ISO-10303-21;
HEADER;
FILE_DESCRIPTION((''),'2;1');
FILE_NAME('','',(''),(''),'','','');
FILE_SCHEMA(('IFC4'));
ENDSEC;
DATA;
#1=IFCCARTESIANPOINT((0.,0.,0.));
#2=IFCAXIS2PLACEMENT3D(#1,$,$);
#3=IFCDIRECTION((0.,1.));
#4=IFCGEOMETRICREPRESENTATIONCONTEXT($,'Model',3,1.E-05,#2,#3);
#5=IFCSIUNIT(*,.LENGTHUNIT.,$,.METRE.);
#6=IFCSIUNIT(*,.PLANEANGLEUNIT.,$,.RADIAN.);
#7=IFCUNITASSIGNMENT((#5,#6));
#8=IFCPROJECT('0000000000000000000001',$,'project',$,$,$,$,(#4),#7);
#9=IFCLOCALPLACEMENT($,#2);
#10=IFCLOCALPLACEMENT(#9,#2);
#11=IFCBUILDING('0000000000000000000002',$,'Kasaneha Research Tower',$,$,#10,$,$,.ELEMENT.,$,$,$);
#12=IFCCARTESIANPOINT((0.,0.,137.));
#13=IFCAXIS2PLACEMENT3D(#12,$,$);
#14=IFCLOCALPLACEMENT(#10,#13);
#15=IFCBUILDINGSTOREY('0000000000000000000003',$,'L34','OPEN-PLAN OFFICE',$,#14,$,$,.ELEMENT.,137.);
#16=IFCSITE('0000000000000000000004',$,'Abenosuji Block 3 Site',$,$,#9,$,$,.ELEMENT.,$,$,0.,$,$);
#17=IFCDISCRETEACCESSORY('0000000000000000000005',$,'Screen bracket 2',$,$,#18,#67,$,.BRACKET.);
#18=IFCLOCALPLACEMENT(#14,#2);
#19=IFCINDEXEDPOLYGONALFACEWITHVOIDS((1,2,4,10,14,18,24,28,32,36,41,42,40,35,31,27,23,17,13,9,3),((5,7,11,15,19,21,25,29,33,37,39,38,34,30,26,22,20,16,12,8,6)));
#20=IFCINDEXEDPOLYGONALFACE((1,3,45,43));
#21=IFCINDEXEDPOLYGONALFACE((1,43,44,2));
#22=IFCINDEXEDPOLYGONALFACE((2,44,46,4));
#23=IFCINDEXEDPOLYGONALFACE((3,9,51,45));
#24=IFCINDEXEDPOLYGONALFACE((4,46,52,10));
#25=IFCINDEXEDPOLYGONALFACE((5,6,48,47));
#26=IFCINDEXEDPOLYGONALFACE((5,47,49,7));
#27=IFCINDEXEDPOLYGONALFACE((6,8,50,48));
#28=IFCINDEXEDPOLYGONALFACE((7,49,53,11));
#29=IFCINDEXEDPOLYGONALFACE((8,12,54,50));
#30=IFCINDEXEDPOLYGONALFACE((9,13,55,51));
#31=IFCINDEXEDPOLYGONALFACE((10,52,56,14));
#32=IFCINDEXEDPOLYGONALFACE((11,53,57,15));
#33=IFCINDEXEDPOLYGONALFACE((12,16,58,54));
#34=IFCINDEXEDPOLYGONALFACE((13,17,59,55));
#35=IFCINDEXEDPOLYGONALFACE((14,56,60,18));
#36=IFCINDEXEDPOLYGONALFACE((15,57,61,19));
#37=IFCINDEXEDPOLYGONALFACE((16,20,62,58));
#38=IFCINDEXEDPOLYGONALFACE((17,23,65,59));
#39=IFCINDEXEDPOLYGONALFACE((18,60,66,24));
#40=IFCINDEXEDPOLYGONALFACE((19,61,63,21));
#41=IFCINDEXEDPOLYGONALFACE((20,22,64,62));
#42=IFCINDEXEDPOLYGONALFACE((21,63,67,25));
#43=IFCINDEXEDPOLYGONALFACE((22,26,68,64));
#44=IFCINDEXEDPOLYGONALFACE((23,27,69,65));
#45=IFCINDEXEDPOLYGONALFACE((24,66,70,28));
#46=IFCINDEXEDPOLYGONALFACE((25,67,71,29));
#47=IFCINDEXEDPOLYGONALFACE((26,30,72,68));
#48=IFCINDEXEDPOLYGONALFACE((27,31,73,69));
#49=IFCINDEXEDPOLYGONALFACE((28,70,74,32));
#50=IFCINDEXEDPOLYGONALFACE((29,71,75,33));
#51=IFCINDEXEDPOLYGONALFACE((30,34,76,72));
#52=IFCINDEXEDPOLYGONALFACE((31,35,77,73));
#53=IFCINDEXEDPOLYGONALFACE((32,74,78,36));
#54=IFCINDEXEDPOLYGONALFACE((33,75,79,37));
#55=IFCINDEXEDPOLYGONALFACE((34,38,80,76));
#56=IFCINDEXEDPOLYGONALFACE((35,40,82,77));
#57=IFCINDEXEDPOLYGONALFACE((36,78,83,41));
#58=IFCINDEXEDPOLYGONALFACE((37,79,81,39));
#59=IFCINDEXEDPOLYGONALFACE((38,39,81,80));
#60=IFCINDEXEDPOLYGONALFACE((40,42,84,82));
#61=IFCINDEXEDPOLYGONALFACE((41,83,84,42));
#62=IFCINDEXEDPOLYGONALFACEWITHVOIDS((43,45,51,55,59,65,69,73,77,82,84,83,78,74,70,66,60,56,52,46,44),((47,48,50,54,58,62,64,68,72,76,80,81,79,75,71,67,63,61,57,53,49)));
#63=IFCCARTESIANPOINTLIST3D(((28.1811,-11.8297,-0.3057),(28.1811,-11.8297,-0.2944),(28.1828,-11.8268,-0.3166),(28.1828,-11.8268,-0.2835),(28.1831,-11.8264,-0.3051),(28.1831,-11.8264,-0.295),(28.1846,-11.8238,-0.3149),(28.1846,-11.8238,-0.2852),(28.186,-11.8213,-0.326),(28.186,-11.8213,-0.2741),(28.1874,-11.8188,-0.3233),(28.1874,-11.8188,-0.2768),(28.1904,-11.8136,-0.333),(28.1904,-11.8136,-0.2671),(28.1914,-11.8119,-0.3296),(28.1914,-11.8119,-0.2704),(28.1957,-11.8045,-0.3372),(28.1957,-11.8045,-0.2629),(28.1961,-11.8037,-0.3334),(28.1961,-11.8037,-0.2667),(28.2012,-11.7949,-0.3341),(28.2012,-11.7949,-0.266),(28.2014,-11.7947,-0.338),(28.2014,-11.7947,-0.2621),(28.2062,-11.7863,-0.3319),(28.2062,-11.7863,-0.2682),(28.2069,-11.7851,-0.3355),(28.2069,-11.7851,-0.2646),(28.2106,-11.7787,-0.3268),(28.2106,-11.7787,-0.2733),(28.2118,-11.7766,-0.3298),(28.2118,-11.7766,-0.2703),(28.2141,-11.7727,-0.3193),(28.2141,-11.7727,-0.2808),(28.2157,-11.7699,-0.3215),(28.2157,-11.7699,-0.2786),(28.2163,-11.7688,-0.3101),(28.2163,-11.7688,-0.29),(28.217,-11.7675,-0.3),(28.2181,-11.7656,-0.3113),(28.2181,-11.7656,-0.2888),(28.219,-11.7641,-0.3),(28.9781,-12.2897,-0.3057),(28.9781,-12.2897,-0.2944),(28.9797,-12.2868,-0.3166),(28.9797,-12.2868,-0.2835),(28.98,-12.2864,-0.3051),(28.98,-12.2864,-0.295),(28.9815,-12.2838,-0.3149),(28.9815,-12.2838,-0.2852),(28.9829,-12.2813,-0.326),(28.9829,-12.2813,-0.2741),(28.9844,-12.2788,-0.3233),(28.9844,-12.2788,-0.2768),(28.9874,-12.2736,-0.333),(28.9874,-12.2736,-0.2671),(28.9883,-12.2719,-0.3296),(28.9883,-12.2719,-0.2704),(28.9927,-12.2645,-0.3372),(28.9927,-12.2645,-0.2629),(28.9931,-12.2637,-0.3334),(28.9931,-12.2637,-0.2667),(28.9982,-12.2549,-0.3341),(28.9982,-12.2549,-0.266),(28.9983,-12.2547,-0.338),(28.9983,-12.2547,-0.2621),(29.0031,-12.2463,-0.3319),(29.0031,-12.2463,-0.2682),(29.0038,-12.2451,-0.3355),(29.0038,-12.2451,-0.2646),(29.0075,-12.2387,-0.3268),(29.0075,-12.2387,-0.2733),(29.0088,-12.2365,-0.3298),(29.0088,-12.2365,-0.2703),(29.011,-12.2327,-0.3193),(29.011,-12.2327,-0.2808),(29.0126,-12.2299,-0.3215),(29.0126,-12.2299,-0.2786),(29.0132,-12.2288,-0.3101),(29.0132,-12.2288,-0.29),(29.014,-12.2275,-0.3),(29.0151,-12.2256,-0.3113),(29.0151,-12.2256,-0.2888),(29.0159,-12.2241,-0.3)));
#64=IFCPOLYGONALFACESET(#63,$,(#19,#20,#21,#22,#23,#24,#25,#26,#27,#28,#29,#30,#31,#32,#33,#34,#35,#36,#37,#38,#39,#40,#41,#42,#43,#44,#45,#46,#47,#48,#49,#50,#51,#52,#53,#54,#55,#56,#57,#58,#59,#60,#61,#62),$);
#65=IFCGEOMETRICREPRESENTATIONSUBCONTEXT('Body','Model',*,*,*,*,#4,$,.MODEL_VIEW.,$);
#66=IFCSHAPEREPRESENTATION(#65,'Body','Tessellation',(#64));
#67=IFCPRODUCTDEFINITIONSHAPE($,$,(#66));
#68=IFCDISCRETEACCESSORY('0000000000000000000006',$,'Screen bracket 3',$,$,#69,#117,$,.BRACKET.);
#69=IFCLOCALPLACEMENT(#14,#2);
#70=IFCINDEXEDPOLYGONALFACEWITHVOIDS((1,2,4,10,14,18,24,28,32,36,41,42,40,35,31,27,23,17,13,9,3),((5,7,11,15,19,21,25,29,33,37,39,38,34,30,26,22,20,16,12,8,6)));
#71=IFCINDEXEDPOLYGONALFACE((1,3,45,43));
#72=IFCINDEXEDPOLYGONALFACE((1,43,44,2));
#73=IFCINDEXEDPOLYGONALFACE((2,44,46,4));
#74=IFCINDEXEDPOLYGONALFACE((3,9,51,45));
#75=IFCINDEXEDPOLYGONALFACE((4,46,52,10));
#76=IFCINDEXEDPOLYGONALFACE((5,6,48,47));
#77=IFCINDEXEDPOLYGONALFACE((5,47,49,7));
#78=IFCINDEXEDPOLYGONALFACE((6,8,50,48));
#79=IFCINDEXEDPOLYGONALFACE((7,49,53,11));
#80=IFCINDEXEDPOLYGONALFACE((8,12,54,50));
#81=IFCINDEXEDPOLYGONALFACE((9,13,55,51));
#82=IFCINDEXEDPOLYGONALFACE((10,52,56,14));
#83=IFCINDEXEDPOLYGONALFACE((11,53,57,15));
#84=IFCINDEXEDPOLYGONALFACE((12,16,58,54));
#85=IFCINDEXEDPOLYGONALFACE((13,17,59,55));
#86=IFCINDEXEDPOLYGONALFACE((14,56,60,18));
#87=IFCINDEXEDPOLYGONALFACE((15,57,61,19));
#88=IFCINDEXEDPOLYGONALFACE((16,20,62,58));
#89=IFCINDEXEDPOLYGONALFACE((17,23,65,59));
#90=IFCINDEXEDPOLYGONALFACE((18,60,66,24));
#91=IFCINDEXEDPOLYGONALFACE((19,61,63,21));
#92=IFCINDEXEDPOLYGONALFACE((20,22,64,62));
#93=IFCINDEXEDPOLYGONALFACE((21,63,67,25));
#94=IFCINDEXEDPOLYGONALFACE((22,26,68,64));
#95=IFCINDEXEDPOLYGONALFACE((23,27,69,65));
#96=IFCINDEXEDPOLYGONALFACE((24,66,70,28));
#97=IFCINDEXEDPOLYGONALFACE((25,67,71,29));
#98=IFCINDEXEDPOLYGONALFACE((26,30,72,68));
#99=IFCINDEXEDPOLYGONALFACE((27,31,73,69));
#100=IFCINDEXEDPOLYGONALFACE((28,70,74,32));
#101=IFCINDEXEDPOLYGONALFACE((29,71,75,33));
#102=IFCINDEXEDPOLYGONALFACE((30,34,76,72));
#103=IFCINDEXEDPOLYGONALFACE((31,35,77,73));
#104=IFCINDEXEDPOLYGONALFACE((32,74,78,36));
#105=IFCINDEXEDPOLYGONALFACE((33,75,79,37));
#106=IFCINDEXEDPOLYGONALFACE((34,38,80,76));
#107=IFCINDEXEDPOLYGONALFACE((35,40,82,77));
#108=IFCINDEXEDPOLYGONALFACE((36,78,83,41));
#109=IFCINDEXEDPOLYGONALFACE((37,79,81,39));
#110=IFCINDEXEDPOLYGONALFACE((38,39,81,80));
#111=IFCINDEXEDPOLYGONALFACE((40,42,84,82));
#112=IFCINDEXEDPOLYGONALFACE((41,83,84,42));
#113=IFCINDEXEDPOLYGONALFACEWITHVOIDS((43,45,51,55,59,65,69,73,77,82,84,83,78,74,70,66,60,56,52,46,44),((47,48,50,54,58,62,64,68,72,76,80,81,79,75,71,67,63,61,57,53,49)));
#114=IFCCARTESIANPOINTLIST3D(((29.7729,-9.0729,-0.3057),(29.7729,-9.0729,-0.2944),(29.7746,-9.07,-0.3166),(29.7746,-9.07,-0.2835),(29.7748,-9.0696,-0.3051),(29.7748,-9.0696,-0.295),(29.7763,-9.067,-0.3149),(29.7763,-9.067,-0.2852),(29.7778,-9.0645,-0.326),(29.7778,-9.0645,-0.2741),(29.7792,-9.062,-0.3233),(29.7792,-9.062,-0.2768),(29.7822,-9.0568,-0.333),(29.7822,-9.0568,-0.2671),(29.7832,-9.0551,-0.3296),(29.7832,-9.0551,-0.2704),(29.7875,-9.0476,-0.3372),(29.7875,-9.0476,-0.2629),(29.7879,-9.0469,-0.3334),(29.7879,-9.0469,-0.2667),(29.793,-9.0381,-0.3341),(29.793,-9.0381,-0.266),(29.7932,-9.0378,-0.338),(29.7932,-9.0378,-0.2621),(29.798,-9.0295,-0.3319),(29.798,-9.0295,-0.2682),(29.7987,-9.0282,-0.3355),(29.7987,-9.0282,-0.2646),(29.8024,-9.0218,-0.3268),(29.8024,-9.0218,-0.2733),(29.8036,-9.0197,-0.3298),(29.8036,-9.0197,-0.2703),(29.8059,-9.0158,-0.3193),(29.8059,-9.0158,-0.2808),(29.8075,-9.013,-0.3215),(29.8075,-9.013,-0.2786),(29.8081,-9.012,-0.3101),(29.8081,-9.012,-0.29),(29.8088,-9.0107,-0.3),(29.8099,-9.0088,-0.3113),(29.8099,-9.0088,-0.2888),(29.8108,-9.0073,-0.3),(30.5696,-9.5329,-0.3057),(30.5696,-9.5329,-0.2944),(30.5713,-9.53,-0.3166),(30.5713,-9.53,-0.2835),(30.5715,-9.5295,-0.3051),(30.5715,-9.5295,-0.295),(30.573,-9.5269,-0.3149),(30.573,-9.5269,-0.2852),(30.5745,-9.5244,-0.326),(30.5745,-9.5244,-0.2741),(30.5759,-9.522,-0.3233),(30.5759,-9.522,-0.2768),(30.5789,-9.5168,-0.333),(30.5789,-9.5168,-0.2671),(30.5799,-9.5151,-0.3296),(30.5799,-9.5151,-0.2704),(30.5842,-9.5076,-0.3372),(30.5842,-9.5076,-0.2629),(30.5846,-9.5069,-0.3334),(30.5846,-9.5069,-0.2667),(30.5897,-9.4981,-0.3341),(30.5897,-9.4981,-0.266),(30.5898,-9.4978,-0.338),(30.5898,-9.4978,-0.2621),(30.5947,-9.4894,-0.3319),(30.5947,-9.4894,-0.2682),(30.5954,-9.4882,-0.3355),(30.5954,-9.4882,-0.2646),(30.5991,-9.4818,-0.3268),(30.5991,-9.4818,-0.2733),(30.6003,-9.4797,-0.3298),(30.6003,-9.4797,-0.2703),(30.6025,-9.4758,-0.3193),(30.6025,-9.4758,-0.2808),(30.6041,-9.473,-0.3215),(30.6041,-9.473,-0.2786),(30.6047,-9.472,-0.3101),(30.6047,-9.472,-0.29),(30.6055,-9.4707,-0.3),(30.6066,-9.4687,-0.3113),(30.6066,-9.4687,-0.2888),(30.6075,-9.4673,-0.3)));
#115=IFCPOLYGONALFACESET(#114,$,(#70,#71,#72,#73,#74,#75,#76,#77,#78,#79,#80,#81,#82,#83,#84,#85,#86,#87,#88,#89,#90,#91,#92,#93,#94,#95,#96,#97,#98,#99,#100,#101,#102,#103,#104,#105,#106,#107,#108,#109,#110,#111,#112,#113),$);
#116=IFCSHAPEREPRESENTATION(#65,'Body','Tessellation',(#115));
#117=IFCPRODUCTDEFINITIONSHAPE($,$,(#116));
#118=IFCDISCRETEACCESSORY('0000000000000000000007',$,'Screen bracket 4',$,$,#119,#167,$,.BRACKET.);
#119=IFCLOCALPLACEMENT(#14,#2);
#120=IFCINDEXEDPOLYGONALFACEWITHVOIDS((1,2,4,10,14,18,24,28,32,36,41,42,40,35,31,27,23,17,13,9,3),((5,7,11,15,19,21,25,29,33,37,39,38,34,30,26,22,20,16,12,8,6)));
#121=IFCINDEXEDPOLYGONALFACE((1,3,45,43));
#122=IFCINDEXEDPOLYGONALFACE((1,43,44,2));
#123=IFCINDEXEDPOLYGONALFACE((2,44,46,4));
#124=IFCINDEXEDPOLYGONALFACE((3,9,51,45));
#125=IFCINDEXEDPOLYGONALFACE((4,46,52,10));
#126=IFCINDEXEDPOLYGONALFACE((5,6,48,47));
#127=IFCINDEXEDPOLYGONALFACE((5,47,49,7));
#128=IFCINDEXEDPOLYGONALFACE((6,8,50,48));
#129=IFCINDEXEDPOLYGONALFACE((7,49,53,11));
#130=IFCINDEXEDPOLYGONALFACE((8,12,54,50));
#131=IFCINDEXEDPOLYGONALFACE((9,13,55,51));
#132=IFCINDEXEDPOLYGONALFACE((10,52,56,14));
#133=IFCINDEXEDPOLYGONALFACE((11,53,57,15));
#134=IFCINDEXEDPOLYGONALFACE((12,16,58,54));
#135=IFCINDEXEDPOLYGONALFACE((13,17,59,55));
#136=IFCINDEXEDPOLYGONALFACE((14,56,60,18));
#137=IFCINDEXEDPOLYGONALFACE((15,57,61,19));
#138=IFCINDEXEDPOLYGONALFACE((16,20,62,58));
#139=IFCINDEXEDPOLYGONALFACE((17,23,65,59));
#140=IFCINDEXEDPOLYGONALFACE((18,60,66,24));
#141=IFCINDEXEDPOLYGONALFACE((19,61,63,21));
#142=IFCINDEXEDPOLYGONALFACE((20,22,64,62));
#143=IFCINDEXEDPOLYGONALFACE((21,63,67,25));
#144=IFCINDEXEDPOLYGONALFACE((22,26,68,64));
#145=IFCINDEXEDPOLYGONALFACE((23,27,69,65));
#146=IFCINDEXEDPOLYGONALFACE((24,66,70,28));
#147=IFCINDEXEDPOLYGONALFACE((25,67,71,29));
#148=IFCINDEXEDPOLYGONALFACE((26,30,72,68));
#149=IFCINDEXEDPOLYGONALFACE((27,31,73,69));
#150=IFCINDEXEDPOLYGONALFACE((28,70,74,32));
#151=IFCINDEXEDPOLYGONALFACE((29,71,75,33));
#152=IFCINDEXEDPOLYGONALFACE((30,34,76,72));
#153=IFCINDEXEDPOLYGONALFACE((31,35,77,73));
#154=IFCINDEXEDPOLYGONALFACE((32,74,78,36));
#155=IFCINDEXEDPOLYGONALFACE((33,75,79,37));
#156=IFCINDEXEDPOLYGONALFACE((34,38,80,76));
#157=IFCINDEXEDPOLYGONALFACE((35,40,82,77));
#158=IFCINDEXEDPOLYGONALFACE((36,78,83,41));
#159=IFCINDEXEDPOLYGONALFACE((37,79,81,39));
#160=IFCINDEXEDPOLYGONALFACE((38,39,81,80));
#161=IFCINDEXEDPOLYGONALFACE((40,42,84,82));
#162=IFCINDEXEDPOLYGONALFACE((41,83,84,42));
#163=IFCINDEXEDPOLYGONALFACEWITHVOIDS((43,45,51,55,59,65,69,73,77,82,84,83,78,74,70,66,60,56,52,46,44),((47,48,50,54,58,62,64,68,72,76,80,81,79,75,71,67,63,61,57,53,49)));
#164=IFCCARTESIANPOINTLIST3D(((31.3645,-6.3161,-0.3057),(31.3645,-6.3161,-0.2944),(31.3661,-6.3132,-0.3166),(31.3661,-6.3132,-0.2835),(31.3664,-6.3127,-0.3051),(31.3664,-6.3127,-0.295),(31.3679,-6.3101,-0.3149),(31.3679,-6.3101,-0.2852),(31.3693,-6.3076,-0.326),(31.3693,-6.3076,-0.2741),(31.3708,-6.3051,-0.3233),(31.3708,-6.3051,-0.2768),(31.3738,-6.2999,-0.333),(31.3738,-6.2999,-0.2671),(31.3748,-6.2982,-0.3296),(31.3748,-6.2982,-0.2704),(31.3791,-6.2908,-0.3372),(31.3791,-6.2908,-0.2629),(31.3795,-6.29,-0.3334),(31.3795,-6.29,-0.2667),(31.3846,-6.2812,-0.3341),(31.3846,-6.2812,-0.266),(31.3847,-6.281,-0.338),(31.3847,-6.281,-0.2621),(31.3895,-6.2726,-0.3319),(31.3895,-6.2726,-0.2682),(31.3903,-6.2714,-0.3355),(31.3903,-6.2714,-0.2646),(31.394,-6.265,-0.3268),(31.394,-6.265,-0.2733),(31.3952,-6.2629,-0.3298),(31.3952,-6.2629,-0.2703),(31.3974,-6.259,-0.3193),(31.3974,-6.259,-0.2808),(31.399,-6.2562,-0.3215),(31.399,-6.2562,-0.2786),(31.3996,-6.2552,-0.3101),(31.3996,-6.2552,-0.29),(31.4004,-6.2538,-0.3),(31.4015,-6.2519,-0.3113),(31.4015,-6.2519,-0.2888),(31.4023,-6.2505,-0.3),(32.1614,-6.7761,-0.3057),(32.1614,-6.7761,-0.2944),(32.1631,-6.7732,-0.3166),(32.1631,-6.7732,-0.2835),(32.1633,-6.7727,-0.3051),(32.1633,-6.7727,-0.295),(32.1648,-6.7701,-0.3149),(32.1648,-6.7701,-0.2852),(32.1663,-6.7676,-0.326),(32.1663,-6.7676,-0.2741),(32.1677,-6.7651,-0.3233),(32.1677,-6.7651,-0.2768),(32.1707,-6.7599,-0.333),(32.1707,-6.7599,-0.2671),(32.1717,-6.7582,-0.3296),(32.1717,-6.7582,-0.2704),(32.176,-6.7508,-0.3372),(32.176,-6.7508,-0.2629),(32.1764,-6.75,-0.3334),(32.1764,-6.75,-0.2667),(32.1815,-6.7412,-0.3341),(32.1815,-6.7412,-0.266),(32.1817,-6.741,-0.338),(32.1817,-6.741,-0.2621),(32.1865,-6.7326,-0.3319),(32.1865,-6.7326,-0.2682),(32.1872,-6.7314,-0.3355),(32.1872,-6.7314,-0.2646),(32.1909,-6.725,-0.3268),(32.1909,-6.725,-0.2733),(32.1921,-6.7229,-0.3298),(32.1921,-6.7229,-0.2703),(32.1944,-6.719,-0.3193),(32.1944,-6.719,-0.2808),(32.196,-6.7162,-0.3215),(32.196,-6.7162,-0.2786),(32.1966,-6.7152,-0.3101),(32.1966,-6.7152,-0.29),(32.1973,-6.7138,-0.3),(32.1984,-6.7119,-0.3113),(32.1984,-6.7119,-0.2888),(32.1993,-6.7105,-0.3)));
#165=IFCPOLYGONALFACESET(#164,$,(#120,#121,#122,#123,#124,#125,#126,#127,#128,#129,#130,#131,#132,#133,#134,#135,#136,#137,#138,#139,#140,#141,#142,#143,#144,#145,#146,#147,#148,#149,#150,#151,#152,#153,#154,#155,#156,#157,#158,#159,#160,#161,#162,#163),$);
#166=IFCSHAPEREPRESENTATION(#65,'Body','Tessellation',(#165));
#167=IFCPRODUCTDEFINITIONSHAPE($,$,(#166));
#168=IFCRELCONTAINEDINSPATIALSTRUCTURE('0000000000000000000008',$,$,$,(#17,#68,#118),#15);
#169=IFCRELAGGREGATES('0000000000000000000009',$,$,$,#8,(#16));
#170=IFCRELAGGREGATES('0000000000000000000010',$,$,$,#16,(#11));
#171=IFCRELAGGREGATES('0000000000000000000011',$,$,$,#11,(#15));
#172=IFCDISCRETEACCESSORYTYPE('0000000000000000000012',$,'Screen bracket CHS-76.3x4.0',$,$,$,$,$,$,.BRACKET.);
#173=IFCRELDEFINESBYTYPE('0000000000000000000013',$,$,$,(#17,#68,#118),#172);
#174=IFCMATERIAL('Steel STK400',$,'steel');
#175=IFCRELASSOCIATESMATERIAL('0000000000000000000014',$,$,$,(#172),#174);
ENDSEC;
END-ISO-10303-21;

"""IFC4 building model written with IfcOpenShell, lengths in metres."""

from ifc_helpers import new_model, si_unit, direction, frame, origin, origin_2d, place, context, subcontext, project, spatial, hollow_circle, extrude, material, material_profile, profile_set, type_object, element, save


model = new_model("IFC4")

# Units and contexts
model_context = context("Model", 3, precision=1e-05, world=origin(), true_north=direction((0.0, 1.0)))
body_context = subcontext(model_context, "Body", "Model", "MODEL_VIEW")
ifc_project = project(units=[si_unit("LENGTHUNIT", "METRE"), si_unit("PLANEANGLEUNIT", "RADIAN")], contexts=[model_context])

# Site, building, storey
site_placement = place(None, origin())
site = spatial("IfcSite", under=ifc_project, at=site_placement, Name="Abenosuji Block 3 Site", CompositionType="ELEMENT", RefElevation=0.0)
building_placement = place(site_placement, origin())
building = spatial("IfcBuilding", under=site, at=building_placement, Name="Kasaneha Research Tower", CompositionType="ELEMENT")
storey_placement = place(building_placement, frame((0.0, 0.0, 137.0)))
storey = spatial("IfcBuildingStorey", under=building, at=storey_placement, Name="L34", Description="OPEN-PLAN OFFICE", CompositionType="ELEMENT", Elevation=137.0)

# Discrete accessories
ifc_material_1 = material(Name="Steel STK400", Category="steel")
ifc_material_profile_1 = material_profile(ifc_material_1, hollow_circle(Radius=0.0381, WallThickness=0.0039, at=origin_2d()), Name="CHS-76.3x4.0")
ifc_profile_set_1 = profile_set([ifc_material_profile_1], Name="Steel STK400")
discrete_accessory_type = type_object("IfcDiscreteAccessoryType", Name="Screen bracket CHS-76.3x4.0", PredefinedType="BRACKET", material=ifc_profile_set_1)
discrete_accessory_1_placement = place(storey_placement, frame((28.2, -11.7971, -0.3), z_axis=(0.86608, -0.499906, 0.0), x_axis=(0.499906, 0.86608, 0.0)))
element("IfcDiscreteAccessory", 1, at=discrete_accessory_1_placement, inside=storey, type_object=discrete_accessory_type, Name="Screen bracket 2", PredefinedType="BRACKET", context=body_context, shape_type="SweptSolid", body=[
    extrude(hollow_circle(Radius=0.0381, WallThickness=0.0039, at=origin_2d()), origin(), (0.0, 0.0, 1.0), 0.9202),
])
discrete_accessory_2_placement = place(storey_placement, frame((29.7917, -9.0403, -0.3), z_axis=(0.866013, -0.500021, 0.0), x_axis=(0.500021, 0.866013, 0.0)))
element("IfcDiscreteAccessory", 2, at=discrete_accessory_2_placement, inside=storey, type_object=discrete_accessory_type, Name="Screen bracket 3", PredefinedType="BRACKET", context=body_context, shape_type="SweptSolid", body=[
    extrude(hollow_circle(Radius=0.0381, WallThickness=0.0039, at=origin_2d()), origin(), (0.0, 0.0, 1.0), 0.9199),
])
discrete_accessory_3_placement = place(storey_placement, frame((31.3833, -6.2834, -0.3), z_axis=(0.86608, -0.499906, 0.0), x_axis=(0.499906, 0.86608, 0.0)))
element("IfcDiscreteAccessory", 3, at=discrete_accessory_3_placement, inside=storey, type_object=discrete_accessory_type, Name="Screen bracket 4", PredefinedType="BRACKET", context=body_context, shape_type="SweptSolid", body=[
    extrude(hollow_circle(Radius=0.0381, WallThickness=0.0039, at=origin_2d()), origin(), (0.0, 0.0, 1.0), 0.9202),
])

save(model, "model.ifc")
